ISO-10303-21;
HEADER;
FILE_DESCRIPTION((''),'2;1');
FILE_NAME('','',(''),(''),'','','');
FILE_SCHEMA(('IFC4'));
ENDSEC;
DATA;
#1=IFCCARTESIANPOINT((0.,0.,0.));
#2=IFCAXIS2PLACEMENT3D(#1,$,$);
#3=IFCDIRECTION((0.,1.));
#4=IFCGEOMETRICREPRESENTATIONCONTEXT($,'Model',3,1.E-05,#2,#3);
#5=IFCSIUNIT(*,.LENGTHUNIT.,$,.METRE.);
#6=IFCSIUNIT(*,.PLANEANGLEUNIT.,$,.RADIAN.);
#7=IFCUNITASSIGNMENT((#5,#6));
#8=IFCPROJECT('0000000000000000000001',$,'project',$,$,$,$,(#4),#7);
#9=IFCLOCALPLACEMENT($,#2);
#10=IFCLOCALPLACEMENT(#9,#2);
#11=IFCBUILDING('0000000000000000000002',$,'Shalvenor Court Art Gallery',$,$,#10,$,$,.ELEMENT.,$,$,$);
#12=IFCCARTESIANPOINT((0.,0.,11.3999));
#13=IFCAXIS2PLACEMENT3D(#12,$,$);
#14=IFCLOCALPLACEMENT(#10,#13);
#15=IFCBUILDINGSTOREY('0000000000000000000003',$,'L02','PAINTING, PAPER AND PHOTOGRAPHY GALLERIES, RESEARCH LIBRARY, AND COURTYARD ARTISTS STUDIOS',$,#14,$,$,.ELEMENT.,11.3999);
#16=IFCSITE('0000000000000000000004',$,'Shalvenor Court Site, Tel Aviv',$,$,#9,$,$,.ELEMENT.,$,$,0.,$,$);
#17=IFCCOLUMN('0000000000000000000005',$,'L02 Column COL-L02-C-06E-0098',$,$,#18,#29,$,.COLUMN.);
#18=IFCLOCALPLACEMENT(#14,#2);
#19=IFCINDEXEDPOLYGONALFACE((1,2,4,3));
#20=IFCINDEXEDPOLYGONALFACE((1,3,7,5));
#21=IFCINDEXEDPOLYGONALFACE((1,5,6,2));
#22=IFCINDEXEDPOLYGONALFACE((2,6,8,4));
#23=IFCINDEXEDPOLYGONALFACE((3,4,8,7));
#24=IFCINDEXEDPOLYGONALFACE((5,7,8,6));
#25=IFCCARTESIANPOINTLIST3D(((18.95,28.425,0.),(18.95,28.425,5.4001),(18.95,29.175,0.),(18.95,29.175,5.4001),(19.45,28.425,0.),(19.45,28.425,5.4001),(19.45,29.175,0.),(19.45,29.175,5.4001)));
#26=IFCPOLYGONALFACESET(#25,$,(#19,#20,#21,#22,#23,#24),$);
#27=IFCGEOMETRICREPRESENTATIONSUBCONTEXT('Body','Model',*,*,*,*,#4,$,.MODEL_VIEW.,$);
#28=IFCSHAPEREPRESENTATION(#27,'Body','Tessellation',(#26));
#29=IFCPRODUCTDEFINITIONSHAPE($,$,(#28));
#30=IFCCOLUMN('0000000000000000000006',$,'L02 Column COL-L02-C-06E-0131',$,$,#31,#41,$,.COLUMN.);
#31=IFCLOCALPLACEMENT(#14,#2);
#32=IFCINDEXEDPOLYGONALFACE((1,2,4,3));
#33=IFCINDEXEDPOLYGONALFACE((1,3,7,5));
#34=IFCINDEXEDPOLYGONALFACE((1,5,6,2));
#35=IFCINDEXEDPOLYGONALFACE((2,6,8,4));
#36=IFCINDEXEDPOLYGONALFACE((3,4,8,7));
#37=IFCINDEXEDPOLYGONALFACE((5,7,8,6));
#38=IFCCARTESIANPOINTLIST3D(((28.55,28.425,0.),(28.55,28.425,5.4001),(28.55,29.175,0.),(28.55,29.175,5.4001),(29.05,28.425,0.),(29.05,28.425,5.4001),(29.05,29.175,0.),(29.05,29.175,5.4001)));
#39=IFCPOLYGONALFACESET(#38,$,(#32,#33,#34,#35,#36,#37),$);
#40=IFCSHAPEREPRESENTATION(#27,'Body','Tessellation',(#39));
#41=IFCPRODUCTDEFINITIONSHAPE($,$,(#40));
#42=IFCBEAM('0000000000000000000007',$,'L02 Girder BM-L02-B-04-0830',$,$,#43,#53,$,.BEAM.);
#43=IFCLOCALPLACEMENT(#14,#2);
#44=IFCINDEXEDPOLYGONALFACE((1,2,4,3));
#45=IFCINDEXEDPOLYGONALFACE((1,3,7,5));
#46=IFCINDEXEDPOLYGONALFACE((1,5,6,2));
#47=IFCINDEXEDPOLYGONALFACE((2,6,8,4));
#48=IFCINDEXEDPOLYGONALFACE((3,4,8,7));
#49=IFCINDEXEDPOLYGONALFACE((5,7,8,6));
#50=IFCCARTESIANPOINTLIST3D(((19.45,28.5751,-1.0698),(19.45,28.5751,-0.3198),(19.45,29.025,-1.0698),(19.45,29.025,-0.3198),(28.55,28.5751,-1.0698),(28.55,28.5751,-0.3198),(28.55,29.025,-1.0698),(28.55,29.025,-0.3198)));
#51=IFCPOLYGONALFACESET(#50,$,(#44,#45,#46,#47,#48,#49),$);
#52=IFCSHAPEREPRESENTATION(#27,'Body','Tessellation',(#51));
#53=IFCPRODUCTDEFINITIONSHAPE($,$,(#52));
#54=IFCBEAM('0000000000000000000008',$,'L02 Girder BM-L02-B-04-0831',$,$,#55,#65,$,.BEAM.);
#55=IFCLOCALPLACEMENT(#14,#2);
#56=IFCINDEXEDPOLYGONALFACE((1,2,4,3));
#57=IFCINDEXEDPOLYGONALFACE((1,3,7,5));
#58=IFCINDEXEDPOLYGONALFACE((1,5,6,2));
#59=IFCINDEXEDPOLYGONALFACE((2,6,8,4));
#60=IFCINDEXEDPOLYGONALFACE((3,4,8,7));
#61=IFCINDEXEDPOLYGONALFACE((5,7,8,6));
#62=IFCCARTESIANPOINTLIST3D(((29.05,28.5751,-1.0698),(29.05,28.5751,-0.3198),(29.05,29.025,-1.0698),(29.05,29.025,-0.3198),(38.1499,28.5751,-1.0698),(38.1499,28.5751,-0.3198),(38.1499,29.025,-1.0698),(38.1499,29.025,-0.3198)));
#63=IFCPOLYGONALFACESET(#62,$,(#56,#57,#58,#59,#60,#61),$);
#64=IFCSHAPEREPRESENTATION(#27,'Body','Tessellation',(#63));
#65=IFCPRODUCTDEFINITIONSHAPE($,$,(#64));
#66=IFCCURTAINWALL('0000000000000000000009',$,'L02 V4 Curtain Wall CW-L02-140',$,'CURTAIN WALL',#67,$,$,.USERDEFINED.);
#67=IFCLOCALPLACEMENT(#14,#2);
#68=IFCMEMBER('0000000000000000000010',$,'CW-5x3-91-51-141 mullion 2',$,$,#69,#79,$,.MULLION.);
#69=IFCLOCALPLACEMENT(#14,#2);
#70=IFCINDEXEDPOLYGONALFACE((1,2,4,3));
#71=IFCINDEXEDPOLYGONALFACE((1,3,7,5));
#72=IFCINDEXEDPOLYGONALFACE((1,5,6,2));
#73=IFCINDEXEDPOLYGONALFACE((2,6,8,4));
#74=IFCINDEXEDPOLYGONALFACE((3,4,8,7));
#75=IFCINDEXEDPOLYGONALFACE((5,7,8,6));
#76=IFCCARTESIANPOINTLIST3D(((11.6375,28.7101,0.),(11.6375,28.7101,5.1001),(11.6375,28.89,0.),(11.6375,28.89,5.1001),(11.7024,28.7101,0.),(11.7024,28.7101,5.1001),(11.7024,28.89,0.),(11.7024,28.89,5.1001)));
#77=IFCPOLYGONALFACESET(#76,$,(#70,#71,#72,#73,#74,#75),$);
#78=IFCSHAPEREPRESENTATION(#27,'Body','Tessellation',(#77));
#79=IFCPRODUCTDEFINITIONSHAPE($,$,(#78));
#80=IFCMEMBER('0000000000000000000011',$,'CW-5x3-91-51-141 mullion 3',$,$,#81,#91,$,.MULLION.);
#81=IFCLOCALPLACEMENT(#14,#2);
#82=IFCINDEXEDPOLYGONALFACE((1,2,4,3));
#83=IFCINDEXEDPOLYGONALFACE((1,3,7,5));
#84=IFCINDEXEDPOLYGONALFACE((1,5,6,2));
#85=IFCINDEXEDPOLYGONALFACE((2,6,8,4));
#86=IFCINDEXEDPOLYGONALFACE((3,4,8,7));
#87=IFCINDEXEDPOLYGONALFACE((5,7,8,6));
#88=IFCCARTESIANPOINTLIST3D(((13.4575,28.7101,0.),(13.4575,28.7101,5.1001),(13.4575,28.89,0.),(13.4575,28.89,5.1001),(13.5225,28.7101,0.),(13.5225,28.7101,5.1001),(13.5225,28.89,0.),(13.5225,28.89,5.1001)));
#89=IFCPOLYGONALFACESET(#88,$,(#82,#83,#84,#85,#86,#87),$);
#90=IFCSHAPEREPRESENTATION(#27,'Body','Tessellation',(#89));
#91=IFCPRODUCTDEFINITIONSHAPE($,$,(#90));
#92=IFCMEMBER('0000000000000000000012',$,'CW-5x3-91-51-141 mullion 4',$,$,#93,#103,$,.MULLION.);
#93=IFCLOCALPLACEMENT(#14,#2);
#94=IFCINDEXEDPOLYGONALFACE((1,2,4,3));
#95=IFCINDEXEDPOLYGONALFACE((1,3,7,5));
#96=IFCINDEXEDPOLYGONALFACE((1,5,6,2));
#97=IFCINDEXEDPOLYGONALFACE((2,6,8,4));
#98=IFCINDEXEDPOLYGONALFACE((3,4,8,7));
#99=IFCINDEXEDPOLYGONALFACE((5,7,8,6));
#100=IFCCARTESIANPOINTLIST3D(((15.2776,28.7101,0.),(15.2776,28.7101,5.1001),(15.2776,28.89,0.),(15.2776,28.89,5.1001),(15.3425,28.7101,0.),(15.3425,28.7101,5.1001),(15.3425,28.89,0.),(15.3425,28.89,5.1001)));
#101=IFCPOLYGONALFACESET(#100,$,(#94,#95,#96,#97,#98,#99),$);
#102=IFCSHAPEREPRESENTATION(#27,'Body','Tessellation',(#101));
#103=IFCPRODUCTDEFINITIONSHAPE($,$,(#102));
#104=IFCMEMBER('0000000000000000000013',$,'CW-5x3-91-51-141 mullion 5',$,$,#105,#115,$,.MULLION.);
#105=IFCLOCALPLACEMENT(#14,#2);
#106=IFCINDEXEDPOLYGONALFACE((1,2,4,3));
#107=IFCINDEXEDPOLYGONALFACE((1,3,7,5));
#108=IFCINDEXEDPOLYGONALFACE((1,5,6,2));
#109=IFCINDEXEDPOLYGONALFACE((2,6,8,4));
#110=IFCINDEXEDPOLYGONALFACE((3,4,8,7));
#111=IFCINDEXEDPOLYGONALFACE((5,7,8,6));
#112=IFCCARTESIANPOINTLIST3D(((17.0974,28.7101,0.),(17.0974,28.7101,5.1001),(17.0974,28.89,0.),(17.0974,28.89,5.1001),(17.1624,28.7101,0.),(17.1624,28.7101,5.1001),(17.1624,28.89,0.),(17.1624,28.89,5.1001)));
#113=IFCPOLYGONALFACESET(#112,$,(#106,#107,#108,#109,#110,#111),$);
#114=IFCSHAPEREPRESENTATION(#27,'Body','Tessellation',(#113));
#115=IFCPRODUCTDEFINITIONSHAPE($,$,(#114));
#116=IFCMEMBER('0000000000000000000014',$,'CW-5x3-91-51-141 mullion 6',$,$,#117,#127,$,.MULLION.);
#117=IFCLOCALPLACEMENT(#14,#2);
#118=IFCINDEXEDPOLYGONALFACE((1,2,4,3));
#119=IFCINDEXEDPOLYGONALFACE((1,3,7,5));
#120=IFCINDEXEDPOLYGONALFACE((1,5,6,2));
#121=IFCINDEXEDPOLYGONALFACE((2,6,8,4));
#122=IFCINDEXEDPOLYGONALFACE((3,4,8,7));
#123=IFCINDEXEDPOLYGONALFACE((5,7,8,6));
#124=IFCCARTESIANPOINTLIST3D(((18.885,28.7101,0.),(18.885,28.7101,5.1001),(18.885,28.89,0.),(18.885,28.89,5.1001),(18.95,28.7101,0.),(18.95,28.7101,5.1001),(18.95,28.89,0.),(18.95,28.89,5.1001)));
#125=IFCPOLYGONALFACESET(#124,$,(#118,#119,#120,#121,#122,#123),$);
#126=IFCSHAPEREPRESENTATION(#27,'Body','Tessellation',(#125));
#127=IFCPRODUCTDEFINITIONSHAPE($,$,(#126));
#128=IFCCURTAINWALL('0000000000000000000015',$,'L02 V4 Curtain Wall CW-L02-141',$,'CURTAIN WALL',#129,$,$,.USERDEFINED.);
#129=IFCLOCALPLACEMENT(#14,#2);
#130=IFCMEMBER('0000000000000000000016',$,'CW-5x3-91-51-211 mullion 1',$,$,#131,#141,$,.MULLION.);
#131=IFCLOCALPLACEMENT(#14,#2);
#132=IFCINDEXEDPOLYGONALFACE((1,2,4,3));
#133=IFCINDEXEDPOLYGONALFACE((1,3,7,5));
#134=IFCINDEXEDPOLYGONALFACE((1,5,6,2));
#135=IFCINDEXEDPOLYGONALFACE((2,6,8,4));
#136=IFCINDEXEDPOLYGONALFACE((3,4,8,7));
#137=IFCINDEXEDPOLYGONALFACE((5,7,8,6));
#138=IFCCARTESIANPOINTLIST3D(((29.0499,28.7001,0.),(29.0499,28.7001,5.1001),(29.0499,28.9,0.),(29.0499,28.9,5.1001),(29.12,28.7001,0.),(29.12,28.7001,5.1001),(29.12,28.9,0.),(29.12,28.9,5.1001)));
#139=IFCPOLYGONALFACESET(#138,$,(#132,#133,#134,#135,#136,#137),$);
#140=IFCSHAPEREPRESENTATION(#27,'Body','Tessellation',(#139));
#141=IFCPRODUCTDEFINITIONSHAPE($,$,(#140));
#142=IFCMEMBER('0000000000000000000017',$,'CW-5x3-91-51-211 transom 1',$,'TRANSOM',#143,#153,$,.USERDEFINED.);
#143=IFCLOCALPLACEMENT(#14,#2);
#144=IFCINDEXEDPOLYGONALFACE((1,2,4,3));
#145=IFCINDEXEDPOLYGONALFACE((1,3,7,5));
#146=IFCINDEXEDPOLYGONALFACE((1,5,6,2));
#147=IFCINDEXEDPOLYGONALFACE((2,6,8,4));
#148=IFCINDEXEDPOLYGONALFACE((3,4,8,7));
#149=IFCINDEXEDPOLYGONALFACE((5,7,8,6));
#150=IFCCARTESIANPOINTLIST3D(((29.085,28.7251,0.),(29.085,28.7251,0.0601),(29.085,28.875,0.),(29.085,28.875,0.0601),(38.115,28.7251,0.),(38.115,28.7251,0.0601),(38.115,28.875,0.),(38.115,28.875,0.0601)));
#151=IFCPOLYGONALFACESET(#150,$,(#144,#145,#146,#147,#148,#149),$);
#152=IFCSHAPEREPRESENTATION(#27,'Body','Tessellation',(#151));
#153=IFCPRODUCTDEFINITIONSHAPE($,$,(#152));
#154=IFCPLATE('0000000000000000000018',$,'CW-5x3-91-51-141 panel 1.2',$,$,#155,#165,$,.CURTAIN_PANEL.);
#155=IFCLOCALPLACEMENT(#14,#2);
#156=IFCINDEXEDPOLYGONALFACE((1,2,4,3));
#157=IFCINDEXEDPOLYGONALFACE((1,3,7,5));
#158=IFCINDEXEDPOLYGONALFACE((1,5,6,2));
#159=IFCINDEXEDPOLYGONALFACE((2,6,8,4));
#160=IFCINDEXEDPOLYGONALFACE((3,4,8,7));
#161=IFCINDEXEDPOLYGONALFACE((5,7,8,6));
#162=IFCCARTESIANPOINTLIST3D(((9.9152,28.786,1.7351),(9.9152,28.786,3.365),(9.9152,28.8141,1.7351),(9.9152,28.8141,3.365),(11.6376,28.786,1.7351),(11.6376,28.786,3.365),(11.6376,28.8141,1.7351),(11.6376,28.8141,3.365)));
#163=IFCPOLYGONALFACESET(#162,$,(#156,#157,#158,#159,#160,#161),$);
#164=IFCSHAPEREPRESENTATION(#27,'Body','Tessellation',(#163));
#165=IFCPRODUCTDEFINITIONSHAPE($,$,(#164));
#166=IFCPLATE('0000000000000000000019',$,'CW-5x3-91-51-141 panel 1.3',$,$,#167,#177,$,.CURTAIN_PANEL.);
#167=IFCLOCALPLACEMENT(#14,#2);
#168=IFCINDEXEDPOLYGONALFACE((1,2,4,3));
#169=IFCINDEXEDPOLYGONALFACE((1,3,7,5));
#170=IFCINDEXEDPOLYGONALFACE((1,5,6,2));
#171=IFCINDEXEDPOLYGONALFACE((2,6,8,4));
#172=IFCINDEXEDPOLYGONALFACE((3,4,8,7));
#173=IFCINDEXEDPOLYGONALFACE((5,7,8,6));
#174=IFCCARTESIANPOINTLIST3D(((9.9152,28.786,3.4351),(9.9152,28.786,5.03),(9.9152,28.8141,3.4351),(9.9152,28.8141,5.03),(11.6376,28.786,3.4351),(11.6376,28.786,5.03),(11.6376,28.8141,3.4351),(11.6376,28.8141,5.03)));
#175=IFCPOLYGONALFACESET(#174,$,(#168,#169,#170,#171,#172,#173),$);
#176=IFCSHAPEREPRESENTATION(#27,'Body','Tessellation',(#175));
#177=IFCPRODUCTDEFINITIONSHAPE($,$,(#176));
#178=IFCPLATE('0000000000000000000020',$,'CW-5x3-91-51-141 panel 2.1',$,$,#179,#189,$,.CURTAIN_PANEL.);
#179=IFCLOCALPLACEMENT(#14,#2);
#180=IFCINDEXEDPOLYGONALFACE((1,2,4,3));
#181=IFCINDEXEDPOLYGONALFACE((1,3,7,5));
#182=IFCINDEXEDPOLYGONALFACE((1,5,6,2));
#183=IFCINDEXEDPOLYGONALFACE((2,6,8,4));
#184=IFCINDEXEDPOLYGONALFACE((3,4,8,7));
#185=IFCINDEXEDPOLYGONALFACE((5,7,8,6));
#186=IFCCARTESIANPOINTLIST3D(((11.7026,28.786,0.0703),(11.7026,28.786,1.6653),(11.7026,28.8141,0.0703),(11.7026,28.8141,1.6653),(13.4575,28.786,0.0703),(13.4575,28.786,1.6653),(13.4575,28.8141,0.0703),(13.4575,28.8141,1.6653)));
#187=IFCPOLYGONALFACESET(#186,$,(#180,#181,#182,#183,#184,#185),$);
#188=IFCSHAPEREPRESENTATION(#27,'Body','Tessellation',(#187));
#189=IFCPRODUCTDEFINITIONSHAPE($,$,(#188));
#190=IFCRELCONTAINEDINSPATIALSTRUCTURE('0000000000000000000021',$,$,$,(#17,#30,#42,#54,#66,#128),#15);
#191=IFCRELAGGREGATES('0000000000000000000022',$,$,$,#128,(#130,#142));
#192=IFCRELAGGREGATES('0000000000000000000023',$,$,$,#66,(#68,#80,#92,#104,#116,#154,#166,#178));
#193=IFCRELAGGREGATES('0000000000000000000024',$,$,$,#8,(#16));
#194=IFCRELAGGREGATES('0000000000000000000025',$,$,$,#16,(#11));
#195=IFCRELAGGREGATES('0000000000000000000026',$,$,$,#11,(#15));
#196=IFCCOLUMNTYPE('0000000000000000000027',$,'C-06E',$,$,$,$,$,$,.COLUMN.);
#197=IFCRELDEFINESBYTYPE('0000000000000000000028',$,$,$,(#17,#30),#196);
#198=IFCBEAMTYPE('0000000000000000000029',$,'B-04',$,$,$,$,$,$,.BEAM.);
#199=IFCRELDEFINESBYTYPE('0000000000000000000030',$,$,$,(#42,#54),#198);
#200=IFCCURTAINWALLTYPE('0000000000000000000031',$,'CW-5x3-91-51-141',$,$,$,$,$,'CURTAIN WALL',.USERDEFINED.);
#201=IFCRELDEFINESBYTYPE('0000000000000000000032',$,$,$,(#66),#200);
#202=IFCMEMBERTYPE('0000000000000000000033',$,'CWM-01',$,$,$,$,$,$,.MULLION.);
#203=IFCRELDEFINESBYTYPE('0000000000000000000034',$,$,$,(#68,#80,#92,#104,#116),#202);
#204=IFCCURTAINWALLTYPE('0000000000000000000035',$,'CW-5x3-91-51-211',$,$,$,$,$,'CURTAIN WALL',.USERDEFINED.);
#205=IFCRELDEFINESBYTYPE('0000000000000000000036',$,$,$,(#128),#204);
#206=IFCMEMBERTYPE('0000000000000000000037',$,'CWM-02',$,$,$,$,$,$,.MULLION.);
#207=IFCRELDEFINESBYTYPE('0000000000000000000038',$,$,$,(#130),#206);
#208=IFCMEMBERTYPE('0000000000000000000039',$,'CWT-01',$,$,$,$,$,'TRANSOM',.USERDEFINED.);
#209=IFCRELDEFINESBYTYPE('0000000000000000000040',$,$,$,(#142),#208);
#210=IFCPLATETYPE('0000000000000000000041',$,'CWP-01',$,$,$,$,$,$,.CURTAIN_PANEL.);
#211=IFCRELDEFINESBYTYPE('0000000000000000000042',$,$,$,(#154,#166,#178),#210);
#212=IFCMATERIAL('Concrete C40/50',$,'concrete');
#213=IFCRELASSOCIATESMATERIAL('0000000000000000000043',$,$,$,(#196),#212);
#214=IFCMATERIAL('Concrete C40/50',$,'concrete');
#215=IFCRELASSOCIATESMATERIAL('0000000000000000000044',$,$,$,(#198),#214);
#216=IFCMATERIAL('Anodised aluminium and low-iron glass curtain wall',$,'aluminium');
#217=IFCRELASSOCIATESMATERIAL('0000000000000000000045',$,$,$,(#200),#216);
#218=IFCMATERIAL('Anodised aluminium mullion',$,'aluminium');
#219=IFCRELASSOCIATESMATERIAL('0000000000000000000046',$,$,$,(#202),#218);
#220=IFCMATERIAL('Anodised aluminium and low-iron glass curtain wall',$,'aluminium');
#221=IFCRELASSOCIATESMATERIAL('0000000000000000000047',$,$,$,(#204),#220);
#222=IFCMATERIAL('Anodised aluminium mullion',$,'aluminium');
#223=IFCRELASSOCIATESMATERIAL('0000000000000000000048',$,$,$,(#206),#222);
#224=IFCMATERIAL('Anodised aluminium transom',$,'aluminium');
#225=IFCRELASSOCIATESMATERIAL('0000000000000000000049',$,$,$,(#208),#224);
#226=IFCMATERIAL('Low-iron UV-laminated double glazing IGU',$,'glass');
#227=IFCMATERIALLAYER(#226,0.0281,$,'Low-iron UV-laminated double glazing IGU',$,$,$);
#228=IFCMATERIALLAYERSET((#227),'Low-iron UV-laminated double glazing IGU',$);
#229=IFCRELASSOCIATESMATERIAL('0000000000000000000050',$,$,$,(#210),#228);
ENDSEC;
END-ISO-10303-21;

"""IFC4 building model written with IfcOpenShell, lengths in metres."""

from ifc_helpers import new_model, si_unit, direction, frame, origin, origin_2d, place, context, subcontext, project, spatial, rectangle, extrude, material, layer, layer_set, material_profile, profile_set, type_object, element, aggregate, save


model = new_model("IFC4")

# Units and contexts
model_context = context("Model", 3, precision=1e-05, world=origin(), true_north=direction((0.0, 1.0)))
body_context = subcontext(model_context, "Body", "Model", "MODEL_VIEW")
ifc_project = project(units=[si_unit("LENGTHUNIT", "METRE"), si_unit("PLANEANGLEUNIT", "RADIAN")], contexts=[model_context])

# Site, building, storey
site_placement = place(None, origin())
site = spatial("IfcSite", under=ifc_project, at=site_placement, Name="Shalvenor Court Site, Tel Aviv", CompositionType="ELEMENT", RefElevation=0.0)
building_placement = place(site_placement, origin())
building = spatial("IfcBuilding", under=site, at=building_placement, Name="Shalvenor Court Art Gallery", CompositionType="ELEMENT")
storey_placement = place(building_placement, frame((0.0, 0.0, 11.3999)))
storey = spatial("IfcBuildingStorey", under=building, at=storey_placement, Name="L02", Description="PAINTING, PAPER AND PHOTOGRAPHY GALLERIES, RESEARCH LIBRARY, AND COURTYARD ARTISTS STUDIOS", CompositionType="ELEMENT", Elevation=11.3999)

# Columns
ifc_material_1 = material(Name="Concrete C40/50", Category="concrete")
ifc_material_profile_1 = material_profile(ifc_material_1, rectangle(XDim=0.5, YDim=0.75, at=origin_2d()), Name="RC 500x750")
ifc_profile_set_1 = profile_set([ifc_material_profile_1], Name="Concrete C40/50")
column_type = type_object("IfcColumnType", Name="C-06E", PredefinedType="COLUMN", material=ifc_profile_set_1)
for number, where, z_axis, x_axis, name in (
    (1, (19.2, 28.8, 0.0), (0.0, 0.0, 1.0), (1.0, 0.0, 0.0), "L02 Column COL-L02-C-06E-0098"),
    (2, (28.8, 28.8, 0.0), (0.0, 0.0, 1.0), (1.0, 0.0, 0.0), "L02 Column COL-L02-C-06E-0131"),
):
    element("IfcColumn", number, at=place(storey_placement, frame(where, z_axis=z_axis, x_axis=x_axis)), inside=storey, type_object=column_type, Name=name, PredefinedType="COLUMN", context=body_context, shape_type="SweptSolid", body=[
        extrude(rectangle(XDim=0.5, YDim=0.75, at=origin_2d()), origin(), (0.0, 0.0, 1.0), 5.4001),
    ])

# Beams
ifc_material_2 = material(Name="Concrete C40/50", Category="concrete")
ifc_material_profile_2 = material_profile(ifc_material_2, rectangle(XDim=0.45, YDim=0.75, at=origin_2d()), Name="RC 450x750")
ifc_profile_set_2 = profile_set([ifc_material_profile_2], Name="Concrete C40/50")
beam_type = type_object("IfcBeamType", Name="B-04", PredefinedType="BEAM", material=ifc_profile_set_2)
beam_1_placement = place(storey_placement, frame((19.45, 28.8, -0.6948), z_axis=(1.0, 0.0, 0.0), x_axis=(0.0, 1.0, 0.0)))
element("IfcBeam", 3, at=beam_1_placement, inside=storey, type_object=beam_type, Name="L02 Girder BM-L02-B-04-0830", PredefinedType="BEAM", context=body_context, shape_type="SweptSolid", body=[
    extrude(rectangle(XDim=0.45, YDim=0.75, at=origin_2d()), origin(), (0.0, 0.0, 1.0), 9.1001),
])
beam_2_placement = place(storey_placement, frame((29.05, 28.8, -0.6948), z_axis=(1.0, 0.0, 0.0), x_axis=(0.0, 1.0, 0.0)))
element("IfcBeam", 4, at=beam_2_placement, inside=storey, type_object=beam_type, Name="L02 Girder BM-L02-B-04-0831", PredefinedType="BEAM", context=body_context, shape_type="SweptSolid", body=[
    extrude(rectangle(XDim=0.45, YDim=0.75, at=origin_2d()), origin(), (0.0, 0.0, 1.0), 9.0999),
])

# Curtain walls, members
ifc_material_3 = material(Name="Anodised aluminium and low-iron glass curtain wall", Category="aluminium")
curtain_wall_type_1 = type_object("IfcCurtainWallType", Name="CW-5x3-91-51-141", ElementType="CURTAIN WALL", PredefinedType="USERDEFINED", material=ifc_material_3)
curtain_wall_1_placement = place(storey_placement, origin())
curtain_wall_1 = element("IfcCurtainWall", 5, at=curtain_wall_1_placement, inside=storey, type_object=curtain_wall_type_1, Name="L02 V4 Curtain Wall CW-L02-140", ObjectType="CURTAIN WALL", PredefinedType="USERDEFINED")
ifc_material_4 = material(Name="Anodised aluminium mullion", Category="aluminium")
ifc_material_profile_3 = material_profile(ifc_material_4, rectangle(XDim=0.0649, YDim=0.1799, at=origin_2d()), Name="CWM-01")
ifc_profile_set_3 = profile_set([ifc_material_profile_3], Name="Anodised aluminium mullion")
member_type_1 = type_object("IfcMemberType", Name="CWM-01", PredefinedType="MULLION", material=ifc_profile_set_3)
member_1_placement = place(storey_placement, frame((11.6699, 28.8, 0.0), z_axis=(0.0, 0.0, 1.0), x_axis=(1.0, 0.0, 0.0)))
member_1 = element("IfcMember", 6, at=member_1_placement, type_object=member_type_1, Name="CW-5x3-91-51-141 mullion 2", PredefinedType="MULLION", context=body_context, shape_type="SweptSolid", body=[
    extrude(rectangle(XDim=0.0649, YDim=0.1799, at=origin_2d()), origin(), (0.0, 0.0, 1.0), 5.1001),
])
member_2_placement = place(storey_placement, frame((13.49, 28.8, 0.0), z_axis=(0.0, 0.0, 1.0), x_axis=(1.0, 0.0, 0.0)))
member_2 = element("IfcMember", 7, at=member_2_placement, type_object=member_type_1, Name="CW-5x3-91-51-141 mullion 3", PredefinedType="MULLION", context=body_context, shape_type="SweptSolid", body=[
    extrude(rectangle(XDim=0.0649, YDim=0.1799, at=origin_2d()), origin(), (0.0, 0.0, 1.0), 5.1001),
])
member_3_placement = place(storey_placement, frame((15.3101, 28.8, 0.0), z_axis=(0.0, 0.0, 1.0), x_axis=(1.0, 0.0, 0.0)))
member_3 = element("IfcMember", 8, at=member_3_placement, type_object=member_type_1, Name="CW-5x3-91-51-141 mullion 4", PredefinedType="MULLION", context=body_context, shape_type="SweptSolid", body=[
    extrude(rectangle(XDim=0.0649, YDim=0.1799, at=origin_2d()), origin(), (0.0, 0.0, 1.0), 5.1001),
])
member_4_placement = place(storey_placement, frame((17.1299, 28.8, 0.0), z_axis=(0.0, 0.0, 1.0), x_axis=(1.0, 0.0, 0.0)))
member_4 = element("IfcMember", 9, at=member_4_placement, type_object=member_type_1, Name="CW-5x3-91-51-141 mullion 5", PredefinedType="MULLION", context=body_context, shape_type="SweptSolid", body=[
    extrude(rectangle(XDim=0.0649, YDim=0.1799, at=origin_2d()), origin(), (0.0, 0.0, 1.0), 5.1001),
])
member_5_placement = place(storey_placement, frame((18.9175, 28.8, 0.0), z_axis=(0.0, 0.0, 1.0), x_axis=(1.0, 0.0, 0.0)))
member_5 = element("IfcMember", 10, at=member_5_placement, type_object=member_type_1, Name="CW-5x3-91-51-141 mullion 6", PredefinedType="MULLION", context=body_context, shape_type="SweptSolid", body=[
    extrude(rectangle(XDim=0.0649, YDim=0.1799, at=origin_2d()), origin(), (0.0, 0.0, 1.0), 5.1001),
])
ifc_material_5 = material(Name="Anodised aluminium and low-iron glass curtain wall", Category="aluminium")
curtain_wall_type_2 = type_object("IfcCurtainWallType", Name="CW-5x3-91-51-211", ElementType="CURTAIN WALL", PredefinedType="USERDEFINED", material=ifc_material_5)
curtain_wall_2_placement = place(storey_placement, origin())
curtain_wall_2 = element("IfcCurtainWall", 11, at=curtain_wall_2_placement, inside=storey, type_object=curtain_wall_type_2, Name="L02 V4 Curtain Wall CW-L02-141", ObjectType="CURTAIN WALL", PredefinedType="USERDEFINED")
ifc_material_6 = material(Name="Anodised aluminium mullion", Category="aluminium")
ifc_material_profile_4 = material_profile(ifc_material_6, rectangle(XDim=0.0701, YDim=0.2, at=origin_2d()), Name="CWM-02")
ifc_profile_set_4 = profile_set([ifc_material_profile_4], Name="Anodised aluminium mullion")
member_type_2 = type_object("IfcMemberType", Name="CWM-02", PredefinedType="MULLION", material=ifc_profile_set_4)
member_6_placement = place(storey_placement, frame((29.085, 28.8, 0.0), z_axis=(0.0, 0.0, 1.0), x_axis=(1.0, 0.0, 0.0)))
member_6 = element("IfcMember", 12, at=member_6_placement, type_object=member_type_2, Name="CW-5x3-91-51-211 mullion 1", PredefinedType="MULLION", context=body_context, shape_type="SweptSolid", body=[
    extrude(rectangle(XDim=0.0701, YDim=0.2, at=origin_2d()), origin(), (0.0, 0.0, 1.0), 5.1001),
])
ifc_material_7 = material(Name="Anodised aluminium transom", Category="aluminium")
ifc_material_profile_5 = material_profile(ifc_material_7, rectangle(XDim=0.1499, YDim=0.0601, at=origin_2d()), Name="CWT-01")
ifc_profile_set_5 = profile_set([ifc_material_profile_5], Name="Anodised aluminium transom")
member_type_3 = type_object("IfcMemberType", Name="CWT-01", ElementType="TRANSOM", PredefinedType="USERDEFINED", material=ifc_profile_set_5)
member_7_placement = place(storey_placement, frame((29.085, 28.8, 0.03), z_axis=(1.0, 0.0, 0.0), x_axis=(0.0, 1.0, 0.0)))
member_7 = element("IfcMember", 13, at=member_7_placement, type_object=member_type_3, Name="CW-5x3-91-51-211 transom 1", ObjectType="TRANSOM", PredefinedType="USERDEFINED", context=body_context, shape_type="SweptSolid", body=[
    extrude(rectangle(XDim=0.1499, YDim=0.0601, at=origin_2d()), origin(), (0.0, 0.0, 1.0), 9.03),
])
aggregate(curtain_wall_2, [member_6, member_7])

# Plates
ifc_material_8 = material(Name="Low-iron UV-laminated double glazing IGU", Category="glass")
ifc_layer_1 = layer(ifc_material_8, 0.0281, Name="Low-iron UV-laminated double glazing IGU")
ifc_layer_set_1 = layer_set([ifc_layer_1], Name="Low-iron UV-laminated double glazing IGU")
plate_type = type_object("IfcPlateType", Name="CWP-01", PredefinedType="CURTAIN_PANEL", material=ifc_layer_set_1)
plate_1_placement = place(storey_placement, frame((10.7764, 28.8, 1.7351), z_axis=(0.0, 0.0, 1.0), x_axis=(1.0, 0.0, 0.0)))
plate_1 = element("IfcPlate", 14, at=plate_1_placement, type_object=plate_type, Name="CW-5x3-91-51-141 panel 1.2", PredefinedType="CURTAIN_PANEL", context=body_context, shape_type="SweptSolid", body=[
    extrude(rectangle(XDim=1.7224, YDim=0.0281, at=origin_2d()), origin(), (0.0, 0.0, 1.0), 1.6299),
])
plate_2_placement = place(storey_placement, frame((10.7764, 28.8, 3.4351), z_axis=(0.0, 0.0, 1.0), x_axis=(1.0, 0.0, 0.0)))
plate_2 = element("IfcPlate", 15, at=plate_2_placement, type_object=plate_type, Name="CW-5x3-91-51-141 panel 1.3", PredefinedType="CURTAIN_PANEL", context=body_context, shape_type="SweptSolid", body=[
    extrude(rectangle(XDim=1.7224, YDim=0.0281, at=origin_2d()), origin(), (0.0, 0.0, 1.0), 1.595),
])
plate_3_placement = place(storey_placement, frame((12.5801, 28.8, 0.0703), z_axis=(0.0, 0.0, 1.0), x_axis=(1.0, 0.0, 0.0)))
plate_3 = element("IfcPlate", 16, at=plate_3_placement, type_object=plate_type, Name="CW-5x3-91-51-141 panel 2.1", PredefinedType="CURTAIN_PANEL", context=body_context, shape_type="SweptSolid", body=[
    extrude(rectangle(XDim=1.7549, YDim=0.0281, at=origin_2d()), origin(), (0.0, 0.0, 1.0), 1.595),
])
aggregate(curtain_wall_1, [member_1, member_2, member_3, member_4, member_5, plate_1, plate_2, plate_3])

save(model, "model.ifc")
